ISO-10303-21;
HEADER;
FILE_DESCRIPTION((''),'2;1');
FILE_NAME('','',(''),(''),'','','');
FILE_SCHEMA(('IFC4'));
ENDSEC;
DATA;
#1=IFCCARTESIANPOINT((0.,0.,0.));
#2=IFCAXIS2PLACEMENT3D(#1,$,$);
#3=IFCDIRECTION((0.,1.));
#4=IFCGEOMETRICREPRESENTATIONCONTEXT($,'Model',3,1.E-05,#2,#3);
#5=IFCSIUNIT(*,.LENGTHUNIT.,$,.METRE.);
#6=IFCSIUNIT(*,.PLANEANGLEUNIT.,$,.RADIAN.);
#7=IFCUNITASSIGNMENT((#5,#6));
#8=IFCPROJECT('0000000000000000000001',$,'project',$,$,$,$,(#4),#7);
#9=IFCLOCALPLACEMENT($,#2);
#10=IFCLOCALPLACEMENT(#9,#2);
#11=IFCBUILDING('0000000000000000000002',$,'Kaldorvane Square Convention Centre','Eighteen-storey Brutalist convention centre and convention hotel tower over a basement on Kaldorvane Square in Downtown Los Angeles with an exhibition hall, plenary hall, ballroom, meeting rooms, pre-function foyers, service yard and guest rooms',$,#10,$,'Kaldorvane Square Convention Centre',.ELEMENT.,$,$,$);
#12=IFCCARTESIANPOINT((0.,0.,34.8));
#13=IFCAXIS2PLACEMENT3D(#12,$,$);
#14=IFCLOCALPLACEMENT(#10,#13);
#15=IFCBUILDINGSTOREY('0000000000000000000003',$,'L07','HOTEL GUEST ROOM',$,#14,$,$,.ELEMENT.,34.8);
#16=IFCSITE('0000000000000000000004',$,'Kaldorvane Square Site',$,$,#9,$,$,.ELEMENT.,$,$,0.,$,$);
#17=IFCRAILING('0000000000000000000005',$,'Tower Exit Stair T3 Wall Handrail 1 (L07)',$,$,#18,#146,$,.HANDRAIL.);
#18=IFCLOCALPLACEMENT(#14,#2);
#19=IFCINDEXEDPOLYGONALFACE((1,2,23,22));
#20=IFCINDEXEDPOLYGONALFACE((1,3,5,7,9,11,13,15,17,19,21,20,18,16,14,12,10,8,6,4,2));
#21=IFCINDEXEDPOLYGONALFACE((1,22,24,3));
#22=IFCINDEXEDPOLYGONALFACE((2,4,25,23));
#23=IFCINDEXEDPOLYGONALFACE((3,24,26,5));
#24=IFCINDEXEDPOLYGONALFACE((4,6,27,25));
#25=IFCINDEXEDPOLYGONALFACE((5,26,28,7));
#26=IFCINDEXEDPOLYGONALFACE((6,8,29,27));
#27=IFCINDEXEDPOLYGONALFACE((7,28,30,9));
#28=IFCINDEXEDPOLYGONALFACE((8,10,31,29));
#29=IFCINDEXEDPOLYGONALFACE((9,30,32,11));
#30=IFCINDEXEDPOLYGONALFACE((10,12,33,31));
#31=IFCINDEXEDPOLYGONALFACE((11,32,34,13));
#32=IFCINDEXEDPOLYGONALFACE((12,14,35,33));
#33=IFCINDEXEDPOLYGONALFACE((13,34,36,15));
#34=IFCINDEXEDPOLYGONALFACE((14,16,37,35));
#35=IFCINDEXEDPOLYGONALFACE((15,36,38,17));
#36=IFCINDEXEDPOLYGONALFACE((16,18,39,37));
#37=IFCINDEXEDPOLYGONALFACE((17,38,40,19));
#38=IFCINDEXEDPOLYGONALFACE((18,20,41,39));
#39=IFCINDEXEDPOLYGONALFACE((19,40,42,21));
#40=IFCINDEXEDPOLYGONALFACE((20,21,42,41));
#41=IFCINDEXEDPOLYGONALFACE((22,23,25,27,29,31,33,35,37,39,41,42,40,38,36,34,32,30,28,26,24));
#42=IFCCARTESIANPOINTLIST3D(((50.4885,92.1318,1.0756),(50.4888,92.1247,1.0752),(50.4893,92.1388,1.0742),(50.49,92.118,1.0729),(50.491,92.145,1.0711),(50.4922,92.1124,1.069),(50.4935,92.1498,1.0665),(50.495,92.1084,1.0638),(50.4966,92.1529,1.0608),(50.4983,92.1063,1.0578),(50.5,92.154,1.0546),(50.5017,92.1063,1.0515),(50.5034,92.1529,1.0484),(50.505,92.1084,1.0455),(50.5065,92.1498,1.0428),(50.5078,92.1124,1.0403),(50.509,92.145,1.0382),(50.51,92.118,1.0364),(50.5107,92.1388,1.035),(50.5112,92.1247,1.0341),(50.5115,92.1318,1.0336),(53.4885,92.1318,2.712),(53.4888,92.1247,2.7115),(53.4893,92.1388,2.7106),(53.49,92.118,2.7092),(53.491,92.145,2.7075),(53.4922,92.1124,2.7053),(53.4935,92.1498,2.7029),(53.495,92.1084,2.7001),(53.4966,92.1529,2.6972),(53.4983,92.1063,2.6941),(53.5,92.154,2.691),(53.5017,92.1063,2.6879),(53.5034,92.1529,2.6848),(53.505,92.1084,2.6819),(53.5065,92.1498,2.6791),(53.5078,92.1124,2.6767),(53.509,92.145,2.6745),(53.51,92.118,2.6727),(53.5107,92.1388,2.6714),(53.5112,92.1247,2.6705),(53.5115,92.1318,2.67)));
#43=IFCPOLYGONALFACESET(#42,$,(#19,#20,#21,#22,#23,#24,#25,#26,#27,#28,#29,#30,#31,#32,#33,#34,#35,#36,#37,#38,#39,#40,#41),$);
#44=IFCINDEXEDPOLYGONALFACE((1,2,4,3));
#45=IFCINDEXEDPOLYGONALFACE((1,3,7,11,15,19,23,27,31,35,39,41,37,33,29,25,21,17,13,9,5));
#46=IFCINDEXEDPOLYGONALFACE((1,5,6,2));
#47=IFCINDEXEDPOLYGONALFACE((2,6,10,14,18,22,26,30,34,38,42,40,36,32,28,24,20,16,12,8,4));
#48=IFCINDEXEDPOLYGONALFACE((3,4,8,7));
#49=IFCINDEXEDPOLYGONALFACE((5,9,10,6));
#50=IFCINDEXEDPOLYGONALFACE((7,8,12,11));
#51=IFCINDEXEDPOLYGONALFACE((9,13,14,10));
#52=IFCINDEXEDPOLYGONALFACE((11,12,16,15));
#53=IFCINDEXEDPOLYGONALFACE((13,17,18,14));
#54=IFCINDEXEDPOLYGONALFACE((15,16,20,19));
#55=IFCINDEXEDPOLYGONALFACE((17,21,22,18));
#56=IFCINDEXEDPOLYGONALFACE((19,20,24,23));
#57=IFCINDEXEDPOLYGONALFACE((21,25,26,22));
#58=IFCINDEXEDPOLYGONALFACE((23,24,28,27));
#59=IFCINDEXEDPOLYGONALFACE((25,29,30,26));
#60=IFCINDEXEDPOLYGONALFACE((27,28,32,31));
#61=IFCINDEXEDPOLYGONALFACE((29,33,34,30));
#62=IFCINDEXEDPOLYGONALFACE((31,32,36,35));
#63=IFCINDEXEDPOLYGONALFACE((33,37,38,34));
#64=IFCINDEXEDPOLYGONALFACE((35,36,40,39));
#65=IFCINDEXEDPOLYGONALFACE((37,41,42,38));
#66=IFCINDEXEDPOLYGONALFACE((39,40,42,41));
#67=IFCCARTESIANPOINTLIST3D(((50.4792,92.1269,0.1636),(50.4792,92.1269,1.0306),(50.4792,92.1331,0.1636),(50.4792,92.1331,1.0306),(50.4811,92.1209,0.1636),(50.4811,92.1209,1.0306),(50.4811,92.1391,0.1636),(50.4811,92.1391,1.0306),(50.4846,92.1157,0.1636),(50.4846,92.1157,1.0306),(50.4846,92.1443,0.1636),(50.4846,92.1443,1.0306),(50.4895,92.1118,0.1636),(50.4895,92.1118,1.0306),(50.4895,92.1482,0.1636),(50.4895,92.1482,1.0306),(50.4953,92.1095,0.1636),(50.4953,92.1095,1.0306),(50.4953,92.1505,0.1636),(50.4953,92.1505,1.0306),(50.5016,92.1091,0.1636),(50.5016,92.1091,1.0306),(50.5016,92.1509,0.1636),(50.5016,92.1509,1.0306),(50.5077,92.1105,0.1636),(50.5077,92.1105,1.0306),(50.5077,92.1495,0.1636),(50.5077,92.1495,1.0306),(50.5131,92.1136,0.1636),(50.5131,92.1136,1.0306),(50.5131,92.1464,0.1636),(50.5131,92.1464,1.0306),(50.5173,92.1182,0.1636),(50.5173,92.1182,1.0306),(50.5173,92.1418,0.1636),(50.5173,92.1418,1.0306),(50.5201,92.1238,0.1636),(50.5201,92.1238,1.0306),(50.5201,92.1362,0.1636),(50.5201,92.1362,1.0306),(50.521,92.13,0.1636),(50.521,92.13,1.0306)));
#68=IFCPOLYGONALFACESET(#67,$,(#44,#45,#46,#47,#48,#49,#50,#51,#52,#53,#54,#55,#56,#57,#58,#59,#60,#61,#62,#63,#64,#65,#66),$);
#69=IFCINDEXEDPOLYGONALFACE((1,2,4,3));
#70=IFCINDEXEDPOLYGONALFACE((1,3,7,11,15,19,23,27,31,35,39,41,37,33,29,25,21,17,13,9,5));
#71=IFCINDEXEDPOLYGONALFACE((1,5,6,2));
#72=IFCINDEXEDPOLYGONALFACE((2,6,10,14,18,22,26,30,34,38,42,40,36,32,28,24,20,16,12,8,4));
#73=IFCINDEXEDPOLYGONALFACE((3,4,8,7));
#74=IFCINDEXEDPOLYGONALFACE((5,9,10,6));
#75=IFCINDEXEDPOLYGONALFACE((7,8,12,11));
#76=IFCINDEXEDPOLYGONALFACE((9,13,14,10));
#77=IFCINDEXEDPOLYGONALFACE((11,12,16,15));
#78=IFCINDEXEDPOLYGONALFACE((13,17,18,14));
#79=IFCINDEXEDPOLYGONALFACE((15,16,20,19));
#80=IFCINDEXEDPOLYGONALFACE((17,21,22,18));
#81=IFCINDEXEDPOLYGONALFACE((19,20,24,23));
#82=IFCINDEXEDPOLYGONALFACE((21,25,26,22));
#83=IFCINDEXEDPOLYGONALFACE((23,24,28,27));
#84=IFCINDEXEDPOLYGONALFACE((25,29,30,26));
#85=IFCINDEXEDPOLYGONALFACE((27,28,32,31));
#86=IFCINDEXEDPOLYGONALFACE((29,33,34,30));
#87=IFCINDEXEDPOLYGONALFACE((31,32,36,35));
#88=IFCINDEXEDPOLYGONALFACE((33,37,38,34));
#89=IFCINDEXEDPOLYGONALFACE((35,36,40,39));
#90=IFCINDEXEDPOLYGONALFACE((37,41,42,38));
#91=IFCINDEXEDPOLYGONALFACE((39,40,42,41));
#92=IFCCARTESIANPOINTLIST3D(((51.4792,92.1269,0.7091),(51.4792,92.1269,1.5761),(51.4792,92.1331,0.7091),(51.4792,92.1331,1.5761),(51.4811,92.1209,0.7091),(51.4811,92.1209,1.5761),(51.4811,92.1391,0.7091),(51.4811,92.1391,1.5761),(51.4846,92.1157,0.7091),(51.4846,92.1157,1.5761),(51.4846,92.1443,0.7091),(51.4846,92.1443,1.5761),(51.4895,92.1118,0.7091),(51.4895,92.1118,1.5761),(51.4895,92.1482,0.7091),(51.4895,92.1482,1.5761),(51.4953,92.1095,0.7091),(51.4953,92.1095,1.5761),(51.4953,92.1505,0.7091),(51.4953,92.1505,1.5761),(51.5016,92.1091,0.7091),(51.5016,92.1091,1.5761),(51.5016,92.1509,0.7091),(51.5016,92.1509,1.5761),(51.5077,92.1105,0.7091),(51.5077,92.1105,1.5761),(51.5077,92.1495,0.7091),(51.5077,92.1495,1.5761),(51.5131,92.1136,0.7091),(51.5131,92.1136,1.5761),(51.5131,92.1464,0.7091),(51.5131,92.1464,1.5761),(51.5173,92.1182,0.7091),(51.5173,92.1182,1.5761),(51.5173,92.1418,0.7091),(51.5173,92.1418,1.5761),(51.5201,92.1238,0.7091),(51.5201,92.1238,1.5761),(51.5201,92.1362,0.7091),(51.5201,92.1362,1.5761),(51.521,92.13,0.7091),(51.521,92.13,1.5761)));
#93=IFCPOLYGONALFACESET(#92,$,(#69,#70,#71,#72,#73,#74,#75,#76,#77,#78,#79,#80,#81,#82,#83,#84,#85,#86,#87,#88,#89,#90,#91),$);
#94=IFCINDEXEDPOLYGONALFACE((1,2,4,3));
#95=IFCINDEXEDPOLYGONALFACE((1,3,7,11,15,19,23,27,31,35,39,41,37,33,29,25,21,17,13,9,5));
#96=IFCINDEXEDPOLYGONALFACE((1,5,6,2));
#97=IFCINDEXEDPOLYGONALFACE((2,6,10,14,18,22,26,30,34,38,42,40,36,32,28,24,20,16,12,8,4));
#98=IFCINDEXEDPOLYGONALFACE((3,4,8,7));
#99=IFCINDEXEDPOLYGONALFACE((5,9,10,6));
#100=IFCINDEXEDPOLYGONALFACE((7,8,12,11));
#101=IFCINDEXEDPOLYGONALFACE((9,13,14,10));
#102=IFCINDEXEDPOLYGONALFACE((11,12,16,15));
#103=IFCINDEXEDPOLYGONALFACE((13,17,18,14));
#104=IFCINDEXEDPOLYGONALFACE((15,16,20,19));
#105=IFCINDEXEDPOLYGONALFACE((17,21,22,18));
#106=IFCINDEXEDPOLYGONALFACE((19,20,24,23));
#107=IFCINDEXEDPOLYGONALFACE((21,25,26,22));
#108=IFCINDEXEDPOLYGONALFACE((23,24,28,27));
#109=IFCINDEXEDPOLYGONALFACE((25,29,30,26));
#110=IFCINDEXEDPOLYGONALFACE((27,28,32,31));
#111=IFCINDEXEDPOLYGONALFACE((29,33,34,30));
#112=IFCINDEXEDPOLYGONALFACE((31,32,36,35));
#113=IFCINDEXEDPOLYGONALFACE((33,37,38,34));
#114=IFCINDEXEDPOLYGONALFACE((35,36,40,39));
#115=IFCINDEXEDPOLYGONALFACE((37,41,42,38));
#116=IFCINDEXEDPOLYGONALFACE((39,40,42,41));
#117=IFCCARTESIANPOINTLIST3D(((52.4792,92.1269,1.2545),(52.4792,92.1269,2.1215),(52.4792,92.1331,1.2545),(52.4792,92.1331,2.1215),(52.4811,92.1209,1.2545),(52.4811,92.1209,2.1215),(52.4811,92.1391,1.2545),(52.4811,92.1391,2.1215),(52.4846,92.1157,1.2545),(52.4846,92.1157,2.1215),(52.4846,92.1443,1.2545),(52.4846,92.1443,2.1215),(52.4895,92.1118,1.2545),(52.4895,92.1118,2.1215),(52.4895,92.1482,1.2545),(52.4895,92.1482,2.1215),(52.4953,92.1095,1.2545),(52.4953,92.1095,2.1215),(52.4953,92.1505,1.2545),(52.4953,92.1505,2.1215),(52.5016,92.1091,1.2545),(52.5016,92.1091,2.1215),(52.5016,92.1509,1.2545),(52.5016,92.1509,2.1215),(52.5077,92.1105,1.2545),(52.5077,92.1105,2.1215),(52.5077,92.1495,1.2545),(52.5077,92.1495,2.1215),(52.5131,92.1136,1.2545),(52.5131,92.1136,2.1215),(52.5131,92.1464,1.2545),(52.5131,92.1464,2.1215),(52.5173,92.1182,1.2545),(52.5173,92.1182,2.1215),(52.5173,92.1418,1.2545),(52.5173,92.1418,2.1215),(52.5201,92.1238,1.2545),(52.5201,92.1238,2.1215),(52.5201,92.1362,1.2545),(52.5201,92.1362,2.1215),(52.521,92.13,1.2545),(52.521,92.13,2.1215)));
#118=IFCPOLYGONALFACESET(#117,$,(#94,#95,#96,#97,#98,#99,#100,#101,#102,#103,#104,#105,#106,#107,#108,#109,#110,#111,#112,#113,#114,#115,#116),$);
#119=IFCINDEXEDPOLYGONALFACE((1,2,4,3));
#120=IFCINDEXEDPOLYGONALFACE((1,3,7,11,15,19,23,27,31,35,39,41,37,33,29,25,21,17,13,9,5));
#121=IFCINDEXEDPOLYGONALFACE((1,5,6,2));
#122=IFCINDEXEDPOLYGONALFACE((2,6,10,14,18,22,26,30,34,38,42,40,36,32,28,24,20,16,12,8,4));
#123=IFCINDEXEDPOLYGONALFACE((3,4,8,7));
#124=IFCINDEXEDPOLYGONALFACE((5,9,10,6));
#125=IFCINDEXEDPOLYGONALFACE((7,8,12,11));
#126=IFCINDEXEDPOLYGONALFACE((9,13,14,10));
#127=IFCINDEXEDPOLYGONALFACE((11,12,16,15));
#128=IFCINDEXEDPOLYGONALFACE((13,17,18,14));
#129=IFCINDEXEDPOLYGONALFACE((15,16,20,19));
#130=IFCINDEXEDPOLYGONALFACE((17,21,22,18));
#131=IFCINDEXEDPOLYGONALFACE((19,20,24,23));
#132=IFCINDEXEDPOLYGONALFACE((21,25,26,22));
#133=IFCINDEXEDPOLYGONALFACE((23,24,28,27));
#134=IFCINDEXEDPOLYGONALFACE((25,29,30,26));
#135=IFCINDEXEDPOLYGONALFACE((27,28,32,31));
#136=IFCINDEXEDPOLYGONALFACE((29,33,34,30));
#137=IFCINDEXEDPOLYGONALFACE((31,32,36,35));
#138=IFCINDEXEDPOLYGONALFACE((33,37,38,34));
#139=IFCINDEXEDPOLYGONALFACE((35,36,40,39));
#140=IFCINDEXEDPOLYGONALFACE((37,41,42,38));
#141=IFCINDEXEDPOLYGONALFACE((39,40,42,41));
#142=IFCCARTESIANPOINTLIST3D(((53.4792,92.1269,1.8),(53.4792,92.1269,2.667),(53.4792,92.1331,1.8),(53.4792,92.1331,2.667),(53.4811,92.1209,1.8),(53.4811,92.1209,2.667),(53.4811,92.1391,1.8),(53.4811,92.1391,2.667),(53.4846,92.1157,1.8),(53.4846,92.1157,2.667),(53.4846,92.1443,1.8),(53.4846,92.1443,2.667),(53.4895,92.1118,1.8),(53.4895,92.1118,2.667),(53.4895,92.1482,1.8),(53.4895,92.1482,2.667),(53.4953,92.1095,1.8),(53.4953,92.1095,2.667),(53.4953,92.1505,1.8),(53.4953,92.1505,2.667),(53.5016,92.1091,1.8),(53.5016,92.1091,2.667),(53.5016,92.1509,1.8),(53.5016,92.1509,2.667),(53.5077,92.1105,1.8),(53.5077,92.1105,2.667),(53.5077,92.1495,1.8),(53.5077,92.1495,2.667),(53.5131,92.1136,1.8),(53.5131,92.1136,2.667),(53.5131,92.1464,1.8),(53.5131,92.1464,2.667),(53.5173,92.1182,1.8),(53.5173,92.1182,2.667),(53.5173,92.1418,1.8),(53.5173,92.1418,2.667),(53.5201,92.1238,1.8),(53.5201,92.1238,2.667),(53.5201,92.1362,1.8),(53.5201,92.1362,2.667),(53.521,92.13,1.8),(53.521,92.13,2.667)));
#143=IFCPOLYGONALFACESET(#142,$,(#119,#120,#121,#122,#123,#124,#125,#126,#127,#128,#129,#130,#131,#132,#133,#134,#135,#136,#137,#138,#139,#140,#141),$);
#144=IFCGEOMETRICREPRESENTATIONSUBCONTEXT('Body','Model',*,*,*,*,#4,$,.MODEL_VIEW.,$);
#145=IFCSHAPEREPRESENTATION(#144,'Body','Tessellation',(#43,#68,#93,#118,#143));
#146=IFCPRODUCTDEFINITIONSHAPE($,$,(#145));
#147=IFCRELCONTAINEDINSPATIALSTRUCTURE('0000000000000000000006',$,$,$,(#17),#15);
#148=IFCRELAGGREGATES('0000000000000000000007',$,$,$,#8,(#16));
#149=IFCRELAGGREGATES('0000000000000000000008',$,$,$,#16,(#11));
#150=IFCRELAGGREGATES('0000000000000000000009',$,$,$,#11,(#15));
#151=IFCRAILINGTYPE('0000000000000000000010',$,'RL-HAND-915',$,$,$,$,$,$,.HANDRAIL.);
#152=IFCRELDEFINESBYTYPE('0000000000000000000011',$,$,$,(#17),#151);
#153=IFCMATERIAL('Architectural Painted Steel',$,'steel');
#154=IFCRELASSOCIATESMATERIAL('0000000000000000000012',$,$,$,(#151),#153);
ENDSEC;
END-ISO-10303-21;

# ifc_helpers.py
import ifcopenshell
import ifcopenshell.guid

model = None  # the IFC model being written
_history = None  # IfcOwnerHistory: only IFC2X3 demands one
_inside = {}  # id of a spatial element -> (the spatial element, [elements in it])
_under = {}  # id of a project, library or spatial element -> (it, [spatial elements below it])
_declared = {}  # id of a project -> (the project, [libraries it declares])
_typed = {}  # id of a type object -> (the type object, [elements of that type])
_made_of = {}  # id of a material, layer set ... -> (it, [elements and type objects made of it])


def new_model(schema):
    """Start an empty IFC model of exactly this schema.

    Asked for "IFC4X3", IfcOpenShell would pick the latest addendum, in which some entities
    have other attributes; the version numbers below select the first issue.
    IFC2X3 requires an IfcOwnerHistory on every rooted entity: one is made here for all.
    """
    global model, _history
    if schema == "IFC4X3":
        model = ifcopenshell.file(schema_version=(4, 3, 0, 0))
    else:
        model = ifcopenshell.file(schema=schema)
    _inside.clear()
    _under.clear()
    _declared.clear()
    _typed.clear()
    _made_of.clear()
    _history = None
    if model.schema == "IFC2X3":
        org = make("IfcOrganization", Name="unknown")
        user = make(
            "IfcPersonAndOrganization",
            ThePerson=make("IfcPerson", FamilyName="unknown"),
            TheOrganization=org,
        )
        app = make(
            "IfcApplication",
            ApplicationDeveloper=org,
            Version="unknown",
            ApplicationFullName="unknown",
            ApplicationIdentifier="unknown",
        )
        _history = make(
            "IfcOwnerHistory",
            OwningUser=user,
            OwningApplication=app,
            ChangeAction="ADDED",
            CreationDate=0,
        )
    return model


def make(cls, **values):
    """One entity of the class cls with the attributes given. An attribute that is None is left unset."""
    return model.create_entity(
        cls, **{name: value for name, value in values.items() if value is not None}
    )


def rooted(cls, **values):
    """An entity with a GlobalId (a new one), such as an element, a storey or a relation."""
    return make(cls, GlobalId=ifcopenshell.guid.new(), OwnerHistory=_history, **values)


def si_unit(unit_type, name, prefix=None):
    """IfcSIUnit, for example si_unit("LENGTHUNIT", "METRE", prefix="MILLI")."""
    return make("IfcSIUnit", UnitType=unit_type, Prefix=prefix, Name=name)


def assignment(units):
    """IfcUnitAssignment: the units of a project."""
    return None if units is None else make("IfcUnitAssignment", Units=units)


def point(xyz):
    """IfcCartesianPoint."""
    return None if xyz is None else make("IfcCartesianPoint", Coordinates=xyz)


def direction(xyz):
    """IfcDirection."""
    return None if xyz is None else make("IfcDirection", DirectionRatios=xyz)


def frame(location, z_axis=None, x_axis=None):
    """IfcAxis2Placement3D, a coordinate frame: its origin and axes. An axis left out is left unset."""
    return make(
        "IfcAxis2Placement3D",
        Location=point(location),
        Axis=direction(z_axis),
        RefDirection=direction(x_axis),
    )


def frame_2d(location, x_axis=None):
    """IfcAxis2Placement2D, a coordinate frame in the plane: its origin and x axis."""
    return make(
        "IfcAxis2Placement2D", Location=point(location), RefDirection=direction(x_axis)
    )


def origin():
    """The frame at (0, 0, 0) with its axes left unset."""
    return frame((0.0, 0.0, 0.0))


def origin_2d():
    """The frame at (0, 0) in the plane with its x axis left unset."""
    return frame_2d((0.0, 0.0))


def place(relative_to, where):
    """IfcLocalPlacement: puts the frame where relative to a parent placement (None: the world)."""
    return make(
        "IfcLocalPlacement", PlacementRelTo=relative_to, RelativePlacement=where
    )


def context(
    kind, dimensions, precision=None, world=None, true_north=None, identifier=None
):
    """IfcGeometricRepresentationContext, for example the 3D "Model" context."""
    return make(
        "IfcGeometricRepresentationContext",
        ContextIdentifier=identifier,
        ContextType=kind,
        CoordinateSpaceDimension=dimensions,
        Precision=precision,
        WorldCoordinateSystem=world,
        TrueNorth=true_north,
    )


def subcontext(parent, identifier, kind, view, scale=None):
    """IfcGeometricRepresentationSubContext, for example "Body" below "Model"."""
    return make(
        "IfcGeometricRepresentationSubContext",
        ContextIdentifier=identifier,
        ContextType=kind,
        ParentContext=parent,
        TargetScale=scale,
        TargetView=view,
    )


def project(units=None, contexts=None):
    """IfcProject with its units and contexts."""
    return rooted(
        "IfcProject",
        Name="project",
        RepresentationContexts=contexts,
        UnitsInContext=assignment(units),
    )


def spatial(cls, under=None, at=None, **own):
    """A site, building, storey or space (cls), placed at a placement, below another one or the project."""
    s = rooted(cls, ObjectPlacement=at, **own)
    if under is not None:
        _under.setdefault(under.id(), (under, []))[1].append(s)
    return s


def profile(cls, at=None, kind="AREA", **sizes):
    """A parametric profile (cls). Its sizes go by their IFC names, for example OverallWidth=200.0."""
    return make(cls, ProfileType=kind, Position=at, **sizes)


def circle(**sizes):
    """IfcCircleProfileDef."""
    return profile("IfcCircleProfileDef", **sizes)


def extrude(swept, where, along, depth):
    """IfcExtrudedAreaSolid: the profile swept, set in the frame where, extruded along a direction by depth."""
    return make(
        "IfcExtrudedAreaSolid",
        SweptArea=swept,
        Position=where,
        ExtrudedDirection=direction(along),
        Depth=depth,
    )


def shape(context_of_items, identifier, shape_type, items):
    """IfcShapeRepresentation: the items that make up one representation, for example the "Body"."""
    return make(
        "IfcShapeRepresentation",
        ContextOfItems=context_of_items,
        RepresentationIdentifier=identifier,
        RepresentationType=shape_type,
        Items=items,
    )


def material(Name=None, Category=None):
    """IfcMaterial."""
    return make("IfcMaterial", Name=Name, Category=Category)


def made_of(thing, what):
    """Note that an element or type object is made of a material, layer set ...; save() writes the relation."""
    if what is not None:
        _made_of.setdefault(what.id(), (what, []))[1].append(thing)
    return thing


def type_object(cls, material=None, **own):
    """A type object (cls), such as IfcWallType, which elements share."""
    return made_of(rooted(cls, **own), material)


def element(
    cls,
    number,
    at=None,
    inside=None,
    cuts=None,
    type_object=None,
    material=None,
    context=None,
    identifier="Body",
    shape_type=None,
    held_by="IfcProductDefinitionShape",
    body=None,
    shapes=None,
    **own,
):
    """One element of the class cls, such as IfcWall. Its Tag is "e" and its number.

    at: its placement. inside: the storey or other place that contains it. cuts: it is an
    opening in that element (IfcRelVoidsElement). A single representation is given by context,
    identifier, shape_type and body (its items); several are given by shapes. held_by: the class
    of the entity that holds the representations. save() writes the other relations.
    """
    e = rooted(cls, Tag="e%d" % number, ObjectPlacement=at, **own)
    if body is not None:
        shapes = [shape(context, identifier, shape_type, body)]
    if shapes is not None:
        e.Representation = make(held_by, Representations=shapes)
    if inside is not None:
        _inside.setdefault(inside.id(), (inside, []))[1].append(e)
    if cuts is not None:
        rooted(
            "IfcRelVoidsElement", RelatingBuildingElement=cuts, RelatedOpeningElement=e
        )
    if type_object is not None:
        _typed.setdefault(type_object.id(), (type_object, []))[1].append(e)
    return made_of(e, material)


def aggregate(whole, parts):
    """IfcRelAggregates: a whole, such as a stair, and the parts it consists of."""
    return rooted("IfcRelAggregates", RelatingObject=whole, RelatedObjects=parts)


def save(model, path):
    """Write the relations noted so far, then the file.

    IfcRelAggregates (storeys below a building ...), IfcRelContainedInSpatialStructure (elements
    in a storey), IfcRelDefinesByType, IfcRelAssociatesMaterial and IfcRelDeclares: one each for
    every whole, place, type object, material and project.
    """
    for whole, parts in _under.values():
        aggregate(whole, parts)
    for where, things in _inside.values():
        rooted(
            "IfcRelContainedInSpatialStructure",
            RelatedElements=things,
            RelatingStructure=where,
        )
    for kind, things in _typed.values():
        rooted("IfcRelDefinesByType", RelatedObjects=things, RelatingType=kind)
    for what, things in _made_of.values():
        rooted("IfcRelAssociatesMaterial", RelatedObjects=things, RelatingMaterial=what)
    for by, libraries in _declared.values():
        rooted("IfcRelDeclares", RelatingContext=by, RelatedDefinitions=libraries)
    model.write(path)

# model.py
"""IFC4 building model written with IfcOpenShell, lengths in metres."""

from ifc_helpers import new_model, si_unit, direction, frame, origin, origin_2d, place, context, subcontext, project, spatial, circle, extrude, material, type_object, element, save


model = new_model("IFC4")

# Units and contexts
model_context = context("Model", 3, precision=1e-05, world=origin(), true_north=direction((0.0, 1.0)))
body_context = subcontext(model_context, "Body", "Model", "MODEL_VIEW")
ifc_project = project(units=[si_unit("LENGTHUNIT", "METRE"), si_unit("PLANEANGLEUNIT", "RADIAN")], contexts=[model_context])

# Site, building, storey
site_placement = place(None, origin())
site = spatial("IfcSite", under=ifc_project, at=site_placement, Name="Kaldorvane Square Site", CompositionType="ELEMENT", RefElevation=0.0)
building_placement = place(site_placement, origin())
building = spatial("IfcBuilding", under=site, at=building_placement, Name="Kaldorvane Square Convention Centre", Description="Eighteen-storey Brutalist convention centre and convention hotel tower over a basement on Kaldorvane Square in Downtown Los Angeles with an exhibition hall, plenary hall, ballroom, meeting rooms, pre-function foyers, service yard and guest rooms", LongName="Kaldorvane Square Convention Centre", CompositionType="ELEMENT")
storey_placement = place(building_placement, frame((0.0, 0.0, 34.8)))
storey = spatial("IfcBuildingStorey", under=building, at=storey_placement, Name="L07", Description="HOTEL GUEST ROOM", CompositionType="ELEMENT", Elevation=34.8)

# Railing
ifc_material_1 = material(Name="Architectural Painted Steel", Category="steel")
railing_type_1 = type_object("IfcRailingType", Name="RL-HAND-915", PredefinedType="HANDRAIL", material=ifc_material_1)
for number, where, name in (
    (1, (50.5, 92.13, 0.1636), "Tower Exit Stair T3 Wall Handrail 1 (L07)"),
):
    element("IfcRailing", number, at=place(storey_placement, frame(where)), inside=storey, type_object=railing_type_1, Name=name, PredefinedType="HANDRAIL", context=body_context, shape_type="SweptSolid", body=[
        extrude(circle(Radius=0.024, at=origin_2d()), frame((0.0, 0.0, 0.891), z_axis=(0.877895, 0.0, 0.478853), x_axis=(0.0, 1.0, 0.0)), (0.0, 0.0, 1.0), 3.4173),
        extrude(circle(Radius=0.021, at=origin_2d()), origin(), (0.0, 0.0, 1.0), 0.867),
        extrude(circle(Radius=0.021, at=origin_2d()), frame((1.0, 0.0, 0.5455)), (0.0, 0.0, 1.0), 0.867),
        extrude(circle(Radius=0.021, at=origin_2d()), frame((2.0, 0.0, 1.0909)), (0.0, 0.0, 1.0), 0.867),
        extrude(circle(Radius=0.021, at=origin_2d()), frame((3.0, 0.0, 1.6364)), (0.0, 0.0, 1.0), 0.867),
    ])

save(model, "model.ifc")
